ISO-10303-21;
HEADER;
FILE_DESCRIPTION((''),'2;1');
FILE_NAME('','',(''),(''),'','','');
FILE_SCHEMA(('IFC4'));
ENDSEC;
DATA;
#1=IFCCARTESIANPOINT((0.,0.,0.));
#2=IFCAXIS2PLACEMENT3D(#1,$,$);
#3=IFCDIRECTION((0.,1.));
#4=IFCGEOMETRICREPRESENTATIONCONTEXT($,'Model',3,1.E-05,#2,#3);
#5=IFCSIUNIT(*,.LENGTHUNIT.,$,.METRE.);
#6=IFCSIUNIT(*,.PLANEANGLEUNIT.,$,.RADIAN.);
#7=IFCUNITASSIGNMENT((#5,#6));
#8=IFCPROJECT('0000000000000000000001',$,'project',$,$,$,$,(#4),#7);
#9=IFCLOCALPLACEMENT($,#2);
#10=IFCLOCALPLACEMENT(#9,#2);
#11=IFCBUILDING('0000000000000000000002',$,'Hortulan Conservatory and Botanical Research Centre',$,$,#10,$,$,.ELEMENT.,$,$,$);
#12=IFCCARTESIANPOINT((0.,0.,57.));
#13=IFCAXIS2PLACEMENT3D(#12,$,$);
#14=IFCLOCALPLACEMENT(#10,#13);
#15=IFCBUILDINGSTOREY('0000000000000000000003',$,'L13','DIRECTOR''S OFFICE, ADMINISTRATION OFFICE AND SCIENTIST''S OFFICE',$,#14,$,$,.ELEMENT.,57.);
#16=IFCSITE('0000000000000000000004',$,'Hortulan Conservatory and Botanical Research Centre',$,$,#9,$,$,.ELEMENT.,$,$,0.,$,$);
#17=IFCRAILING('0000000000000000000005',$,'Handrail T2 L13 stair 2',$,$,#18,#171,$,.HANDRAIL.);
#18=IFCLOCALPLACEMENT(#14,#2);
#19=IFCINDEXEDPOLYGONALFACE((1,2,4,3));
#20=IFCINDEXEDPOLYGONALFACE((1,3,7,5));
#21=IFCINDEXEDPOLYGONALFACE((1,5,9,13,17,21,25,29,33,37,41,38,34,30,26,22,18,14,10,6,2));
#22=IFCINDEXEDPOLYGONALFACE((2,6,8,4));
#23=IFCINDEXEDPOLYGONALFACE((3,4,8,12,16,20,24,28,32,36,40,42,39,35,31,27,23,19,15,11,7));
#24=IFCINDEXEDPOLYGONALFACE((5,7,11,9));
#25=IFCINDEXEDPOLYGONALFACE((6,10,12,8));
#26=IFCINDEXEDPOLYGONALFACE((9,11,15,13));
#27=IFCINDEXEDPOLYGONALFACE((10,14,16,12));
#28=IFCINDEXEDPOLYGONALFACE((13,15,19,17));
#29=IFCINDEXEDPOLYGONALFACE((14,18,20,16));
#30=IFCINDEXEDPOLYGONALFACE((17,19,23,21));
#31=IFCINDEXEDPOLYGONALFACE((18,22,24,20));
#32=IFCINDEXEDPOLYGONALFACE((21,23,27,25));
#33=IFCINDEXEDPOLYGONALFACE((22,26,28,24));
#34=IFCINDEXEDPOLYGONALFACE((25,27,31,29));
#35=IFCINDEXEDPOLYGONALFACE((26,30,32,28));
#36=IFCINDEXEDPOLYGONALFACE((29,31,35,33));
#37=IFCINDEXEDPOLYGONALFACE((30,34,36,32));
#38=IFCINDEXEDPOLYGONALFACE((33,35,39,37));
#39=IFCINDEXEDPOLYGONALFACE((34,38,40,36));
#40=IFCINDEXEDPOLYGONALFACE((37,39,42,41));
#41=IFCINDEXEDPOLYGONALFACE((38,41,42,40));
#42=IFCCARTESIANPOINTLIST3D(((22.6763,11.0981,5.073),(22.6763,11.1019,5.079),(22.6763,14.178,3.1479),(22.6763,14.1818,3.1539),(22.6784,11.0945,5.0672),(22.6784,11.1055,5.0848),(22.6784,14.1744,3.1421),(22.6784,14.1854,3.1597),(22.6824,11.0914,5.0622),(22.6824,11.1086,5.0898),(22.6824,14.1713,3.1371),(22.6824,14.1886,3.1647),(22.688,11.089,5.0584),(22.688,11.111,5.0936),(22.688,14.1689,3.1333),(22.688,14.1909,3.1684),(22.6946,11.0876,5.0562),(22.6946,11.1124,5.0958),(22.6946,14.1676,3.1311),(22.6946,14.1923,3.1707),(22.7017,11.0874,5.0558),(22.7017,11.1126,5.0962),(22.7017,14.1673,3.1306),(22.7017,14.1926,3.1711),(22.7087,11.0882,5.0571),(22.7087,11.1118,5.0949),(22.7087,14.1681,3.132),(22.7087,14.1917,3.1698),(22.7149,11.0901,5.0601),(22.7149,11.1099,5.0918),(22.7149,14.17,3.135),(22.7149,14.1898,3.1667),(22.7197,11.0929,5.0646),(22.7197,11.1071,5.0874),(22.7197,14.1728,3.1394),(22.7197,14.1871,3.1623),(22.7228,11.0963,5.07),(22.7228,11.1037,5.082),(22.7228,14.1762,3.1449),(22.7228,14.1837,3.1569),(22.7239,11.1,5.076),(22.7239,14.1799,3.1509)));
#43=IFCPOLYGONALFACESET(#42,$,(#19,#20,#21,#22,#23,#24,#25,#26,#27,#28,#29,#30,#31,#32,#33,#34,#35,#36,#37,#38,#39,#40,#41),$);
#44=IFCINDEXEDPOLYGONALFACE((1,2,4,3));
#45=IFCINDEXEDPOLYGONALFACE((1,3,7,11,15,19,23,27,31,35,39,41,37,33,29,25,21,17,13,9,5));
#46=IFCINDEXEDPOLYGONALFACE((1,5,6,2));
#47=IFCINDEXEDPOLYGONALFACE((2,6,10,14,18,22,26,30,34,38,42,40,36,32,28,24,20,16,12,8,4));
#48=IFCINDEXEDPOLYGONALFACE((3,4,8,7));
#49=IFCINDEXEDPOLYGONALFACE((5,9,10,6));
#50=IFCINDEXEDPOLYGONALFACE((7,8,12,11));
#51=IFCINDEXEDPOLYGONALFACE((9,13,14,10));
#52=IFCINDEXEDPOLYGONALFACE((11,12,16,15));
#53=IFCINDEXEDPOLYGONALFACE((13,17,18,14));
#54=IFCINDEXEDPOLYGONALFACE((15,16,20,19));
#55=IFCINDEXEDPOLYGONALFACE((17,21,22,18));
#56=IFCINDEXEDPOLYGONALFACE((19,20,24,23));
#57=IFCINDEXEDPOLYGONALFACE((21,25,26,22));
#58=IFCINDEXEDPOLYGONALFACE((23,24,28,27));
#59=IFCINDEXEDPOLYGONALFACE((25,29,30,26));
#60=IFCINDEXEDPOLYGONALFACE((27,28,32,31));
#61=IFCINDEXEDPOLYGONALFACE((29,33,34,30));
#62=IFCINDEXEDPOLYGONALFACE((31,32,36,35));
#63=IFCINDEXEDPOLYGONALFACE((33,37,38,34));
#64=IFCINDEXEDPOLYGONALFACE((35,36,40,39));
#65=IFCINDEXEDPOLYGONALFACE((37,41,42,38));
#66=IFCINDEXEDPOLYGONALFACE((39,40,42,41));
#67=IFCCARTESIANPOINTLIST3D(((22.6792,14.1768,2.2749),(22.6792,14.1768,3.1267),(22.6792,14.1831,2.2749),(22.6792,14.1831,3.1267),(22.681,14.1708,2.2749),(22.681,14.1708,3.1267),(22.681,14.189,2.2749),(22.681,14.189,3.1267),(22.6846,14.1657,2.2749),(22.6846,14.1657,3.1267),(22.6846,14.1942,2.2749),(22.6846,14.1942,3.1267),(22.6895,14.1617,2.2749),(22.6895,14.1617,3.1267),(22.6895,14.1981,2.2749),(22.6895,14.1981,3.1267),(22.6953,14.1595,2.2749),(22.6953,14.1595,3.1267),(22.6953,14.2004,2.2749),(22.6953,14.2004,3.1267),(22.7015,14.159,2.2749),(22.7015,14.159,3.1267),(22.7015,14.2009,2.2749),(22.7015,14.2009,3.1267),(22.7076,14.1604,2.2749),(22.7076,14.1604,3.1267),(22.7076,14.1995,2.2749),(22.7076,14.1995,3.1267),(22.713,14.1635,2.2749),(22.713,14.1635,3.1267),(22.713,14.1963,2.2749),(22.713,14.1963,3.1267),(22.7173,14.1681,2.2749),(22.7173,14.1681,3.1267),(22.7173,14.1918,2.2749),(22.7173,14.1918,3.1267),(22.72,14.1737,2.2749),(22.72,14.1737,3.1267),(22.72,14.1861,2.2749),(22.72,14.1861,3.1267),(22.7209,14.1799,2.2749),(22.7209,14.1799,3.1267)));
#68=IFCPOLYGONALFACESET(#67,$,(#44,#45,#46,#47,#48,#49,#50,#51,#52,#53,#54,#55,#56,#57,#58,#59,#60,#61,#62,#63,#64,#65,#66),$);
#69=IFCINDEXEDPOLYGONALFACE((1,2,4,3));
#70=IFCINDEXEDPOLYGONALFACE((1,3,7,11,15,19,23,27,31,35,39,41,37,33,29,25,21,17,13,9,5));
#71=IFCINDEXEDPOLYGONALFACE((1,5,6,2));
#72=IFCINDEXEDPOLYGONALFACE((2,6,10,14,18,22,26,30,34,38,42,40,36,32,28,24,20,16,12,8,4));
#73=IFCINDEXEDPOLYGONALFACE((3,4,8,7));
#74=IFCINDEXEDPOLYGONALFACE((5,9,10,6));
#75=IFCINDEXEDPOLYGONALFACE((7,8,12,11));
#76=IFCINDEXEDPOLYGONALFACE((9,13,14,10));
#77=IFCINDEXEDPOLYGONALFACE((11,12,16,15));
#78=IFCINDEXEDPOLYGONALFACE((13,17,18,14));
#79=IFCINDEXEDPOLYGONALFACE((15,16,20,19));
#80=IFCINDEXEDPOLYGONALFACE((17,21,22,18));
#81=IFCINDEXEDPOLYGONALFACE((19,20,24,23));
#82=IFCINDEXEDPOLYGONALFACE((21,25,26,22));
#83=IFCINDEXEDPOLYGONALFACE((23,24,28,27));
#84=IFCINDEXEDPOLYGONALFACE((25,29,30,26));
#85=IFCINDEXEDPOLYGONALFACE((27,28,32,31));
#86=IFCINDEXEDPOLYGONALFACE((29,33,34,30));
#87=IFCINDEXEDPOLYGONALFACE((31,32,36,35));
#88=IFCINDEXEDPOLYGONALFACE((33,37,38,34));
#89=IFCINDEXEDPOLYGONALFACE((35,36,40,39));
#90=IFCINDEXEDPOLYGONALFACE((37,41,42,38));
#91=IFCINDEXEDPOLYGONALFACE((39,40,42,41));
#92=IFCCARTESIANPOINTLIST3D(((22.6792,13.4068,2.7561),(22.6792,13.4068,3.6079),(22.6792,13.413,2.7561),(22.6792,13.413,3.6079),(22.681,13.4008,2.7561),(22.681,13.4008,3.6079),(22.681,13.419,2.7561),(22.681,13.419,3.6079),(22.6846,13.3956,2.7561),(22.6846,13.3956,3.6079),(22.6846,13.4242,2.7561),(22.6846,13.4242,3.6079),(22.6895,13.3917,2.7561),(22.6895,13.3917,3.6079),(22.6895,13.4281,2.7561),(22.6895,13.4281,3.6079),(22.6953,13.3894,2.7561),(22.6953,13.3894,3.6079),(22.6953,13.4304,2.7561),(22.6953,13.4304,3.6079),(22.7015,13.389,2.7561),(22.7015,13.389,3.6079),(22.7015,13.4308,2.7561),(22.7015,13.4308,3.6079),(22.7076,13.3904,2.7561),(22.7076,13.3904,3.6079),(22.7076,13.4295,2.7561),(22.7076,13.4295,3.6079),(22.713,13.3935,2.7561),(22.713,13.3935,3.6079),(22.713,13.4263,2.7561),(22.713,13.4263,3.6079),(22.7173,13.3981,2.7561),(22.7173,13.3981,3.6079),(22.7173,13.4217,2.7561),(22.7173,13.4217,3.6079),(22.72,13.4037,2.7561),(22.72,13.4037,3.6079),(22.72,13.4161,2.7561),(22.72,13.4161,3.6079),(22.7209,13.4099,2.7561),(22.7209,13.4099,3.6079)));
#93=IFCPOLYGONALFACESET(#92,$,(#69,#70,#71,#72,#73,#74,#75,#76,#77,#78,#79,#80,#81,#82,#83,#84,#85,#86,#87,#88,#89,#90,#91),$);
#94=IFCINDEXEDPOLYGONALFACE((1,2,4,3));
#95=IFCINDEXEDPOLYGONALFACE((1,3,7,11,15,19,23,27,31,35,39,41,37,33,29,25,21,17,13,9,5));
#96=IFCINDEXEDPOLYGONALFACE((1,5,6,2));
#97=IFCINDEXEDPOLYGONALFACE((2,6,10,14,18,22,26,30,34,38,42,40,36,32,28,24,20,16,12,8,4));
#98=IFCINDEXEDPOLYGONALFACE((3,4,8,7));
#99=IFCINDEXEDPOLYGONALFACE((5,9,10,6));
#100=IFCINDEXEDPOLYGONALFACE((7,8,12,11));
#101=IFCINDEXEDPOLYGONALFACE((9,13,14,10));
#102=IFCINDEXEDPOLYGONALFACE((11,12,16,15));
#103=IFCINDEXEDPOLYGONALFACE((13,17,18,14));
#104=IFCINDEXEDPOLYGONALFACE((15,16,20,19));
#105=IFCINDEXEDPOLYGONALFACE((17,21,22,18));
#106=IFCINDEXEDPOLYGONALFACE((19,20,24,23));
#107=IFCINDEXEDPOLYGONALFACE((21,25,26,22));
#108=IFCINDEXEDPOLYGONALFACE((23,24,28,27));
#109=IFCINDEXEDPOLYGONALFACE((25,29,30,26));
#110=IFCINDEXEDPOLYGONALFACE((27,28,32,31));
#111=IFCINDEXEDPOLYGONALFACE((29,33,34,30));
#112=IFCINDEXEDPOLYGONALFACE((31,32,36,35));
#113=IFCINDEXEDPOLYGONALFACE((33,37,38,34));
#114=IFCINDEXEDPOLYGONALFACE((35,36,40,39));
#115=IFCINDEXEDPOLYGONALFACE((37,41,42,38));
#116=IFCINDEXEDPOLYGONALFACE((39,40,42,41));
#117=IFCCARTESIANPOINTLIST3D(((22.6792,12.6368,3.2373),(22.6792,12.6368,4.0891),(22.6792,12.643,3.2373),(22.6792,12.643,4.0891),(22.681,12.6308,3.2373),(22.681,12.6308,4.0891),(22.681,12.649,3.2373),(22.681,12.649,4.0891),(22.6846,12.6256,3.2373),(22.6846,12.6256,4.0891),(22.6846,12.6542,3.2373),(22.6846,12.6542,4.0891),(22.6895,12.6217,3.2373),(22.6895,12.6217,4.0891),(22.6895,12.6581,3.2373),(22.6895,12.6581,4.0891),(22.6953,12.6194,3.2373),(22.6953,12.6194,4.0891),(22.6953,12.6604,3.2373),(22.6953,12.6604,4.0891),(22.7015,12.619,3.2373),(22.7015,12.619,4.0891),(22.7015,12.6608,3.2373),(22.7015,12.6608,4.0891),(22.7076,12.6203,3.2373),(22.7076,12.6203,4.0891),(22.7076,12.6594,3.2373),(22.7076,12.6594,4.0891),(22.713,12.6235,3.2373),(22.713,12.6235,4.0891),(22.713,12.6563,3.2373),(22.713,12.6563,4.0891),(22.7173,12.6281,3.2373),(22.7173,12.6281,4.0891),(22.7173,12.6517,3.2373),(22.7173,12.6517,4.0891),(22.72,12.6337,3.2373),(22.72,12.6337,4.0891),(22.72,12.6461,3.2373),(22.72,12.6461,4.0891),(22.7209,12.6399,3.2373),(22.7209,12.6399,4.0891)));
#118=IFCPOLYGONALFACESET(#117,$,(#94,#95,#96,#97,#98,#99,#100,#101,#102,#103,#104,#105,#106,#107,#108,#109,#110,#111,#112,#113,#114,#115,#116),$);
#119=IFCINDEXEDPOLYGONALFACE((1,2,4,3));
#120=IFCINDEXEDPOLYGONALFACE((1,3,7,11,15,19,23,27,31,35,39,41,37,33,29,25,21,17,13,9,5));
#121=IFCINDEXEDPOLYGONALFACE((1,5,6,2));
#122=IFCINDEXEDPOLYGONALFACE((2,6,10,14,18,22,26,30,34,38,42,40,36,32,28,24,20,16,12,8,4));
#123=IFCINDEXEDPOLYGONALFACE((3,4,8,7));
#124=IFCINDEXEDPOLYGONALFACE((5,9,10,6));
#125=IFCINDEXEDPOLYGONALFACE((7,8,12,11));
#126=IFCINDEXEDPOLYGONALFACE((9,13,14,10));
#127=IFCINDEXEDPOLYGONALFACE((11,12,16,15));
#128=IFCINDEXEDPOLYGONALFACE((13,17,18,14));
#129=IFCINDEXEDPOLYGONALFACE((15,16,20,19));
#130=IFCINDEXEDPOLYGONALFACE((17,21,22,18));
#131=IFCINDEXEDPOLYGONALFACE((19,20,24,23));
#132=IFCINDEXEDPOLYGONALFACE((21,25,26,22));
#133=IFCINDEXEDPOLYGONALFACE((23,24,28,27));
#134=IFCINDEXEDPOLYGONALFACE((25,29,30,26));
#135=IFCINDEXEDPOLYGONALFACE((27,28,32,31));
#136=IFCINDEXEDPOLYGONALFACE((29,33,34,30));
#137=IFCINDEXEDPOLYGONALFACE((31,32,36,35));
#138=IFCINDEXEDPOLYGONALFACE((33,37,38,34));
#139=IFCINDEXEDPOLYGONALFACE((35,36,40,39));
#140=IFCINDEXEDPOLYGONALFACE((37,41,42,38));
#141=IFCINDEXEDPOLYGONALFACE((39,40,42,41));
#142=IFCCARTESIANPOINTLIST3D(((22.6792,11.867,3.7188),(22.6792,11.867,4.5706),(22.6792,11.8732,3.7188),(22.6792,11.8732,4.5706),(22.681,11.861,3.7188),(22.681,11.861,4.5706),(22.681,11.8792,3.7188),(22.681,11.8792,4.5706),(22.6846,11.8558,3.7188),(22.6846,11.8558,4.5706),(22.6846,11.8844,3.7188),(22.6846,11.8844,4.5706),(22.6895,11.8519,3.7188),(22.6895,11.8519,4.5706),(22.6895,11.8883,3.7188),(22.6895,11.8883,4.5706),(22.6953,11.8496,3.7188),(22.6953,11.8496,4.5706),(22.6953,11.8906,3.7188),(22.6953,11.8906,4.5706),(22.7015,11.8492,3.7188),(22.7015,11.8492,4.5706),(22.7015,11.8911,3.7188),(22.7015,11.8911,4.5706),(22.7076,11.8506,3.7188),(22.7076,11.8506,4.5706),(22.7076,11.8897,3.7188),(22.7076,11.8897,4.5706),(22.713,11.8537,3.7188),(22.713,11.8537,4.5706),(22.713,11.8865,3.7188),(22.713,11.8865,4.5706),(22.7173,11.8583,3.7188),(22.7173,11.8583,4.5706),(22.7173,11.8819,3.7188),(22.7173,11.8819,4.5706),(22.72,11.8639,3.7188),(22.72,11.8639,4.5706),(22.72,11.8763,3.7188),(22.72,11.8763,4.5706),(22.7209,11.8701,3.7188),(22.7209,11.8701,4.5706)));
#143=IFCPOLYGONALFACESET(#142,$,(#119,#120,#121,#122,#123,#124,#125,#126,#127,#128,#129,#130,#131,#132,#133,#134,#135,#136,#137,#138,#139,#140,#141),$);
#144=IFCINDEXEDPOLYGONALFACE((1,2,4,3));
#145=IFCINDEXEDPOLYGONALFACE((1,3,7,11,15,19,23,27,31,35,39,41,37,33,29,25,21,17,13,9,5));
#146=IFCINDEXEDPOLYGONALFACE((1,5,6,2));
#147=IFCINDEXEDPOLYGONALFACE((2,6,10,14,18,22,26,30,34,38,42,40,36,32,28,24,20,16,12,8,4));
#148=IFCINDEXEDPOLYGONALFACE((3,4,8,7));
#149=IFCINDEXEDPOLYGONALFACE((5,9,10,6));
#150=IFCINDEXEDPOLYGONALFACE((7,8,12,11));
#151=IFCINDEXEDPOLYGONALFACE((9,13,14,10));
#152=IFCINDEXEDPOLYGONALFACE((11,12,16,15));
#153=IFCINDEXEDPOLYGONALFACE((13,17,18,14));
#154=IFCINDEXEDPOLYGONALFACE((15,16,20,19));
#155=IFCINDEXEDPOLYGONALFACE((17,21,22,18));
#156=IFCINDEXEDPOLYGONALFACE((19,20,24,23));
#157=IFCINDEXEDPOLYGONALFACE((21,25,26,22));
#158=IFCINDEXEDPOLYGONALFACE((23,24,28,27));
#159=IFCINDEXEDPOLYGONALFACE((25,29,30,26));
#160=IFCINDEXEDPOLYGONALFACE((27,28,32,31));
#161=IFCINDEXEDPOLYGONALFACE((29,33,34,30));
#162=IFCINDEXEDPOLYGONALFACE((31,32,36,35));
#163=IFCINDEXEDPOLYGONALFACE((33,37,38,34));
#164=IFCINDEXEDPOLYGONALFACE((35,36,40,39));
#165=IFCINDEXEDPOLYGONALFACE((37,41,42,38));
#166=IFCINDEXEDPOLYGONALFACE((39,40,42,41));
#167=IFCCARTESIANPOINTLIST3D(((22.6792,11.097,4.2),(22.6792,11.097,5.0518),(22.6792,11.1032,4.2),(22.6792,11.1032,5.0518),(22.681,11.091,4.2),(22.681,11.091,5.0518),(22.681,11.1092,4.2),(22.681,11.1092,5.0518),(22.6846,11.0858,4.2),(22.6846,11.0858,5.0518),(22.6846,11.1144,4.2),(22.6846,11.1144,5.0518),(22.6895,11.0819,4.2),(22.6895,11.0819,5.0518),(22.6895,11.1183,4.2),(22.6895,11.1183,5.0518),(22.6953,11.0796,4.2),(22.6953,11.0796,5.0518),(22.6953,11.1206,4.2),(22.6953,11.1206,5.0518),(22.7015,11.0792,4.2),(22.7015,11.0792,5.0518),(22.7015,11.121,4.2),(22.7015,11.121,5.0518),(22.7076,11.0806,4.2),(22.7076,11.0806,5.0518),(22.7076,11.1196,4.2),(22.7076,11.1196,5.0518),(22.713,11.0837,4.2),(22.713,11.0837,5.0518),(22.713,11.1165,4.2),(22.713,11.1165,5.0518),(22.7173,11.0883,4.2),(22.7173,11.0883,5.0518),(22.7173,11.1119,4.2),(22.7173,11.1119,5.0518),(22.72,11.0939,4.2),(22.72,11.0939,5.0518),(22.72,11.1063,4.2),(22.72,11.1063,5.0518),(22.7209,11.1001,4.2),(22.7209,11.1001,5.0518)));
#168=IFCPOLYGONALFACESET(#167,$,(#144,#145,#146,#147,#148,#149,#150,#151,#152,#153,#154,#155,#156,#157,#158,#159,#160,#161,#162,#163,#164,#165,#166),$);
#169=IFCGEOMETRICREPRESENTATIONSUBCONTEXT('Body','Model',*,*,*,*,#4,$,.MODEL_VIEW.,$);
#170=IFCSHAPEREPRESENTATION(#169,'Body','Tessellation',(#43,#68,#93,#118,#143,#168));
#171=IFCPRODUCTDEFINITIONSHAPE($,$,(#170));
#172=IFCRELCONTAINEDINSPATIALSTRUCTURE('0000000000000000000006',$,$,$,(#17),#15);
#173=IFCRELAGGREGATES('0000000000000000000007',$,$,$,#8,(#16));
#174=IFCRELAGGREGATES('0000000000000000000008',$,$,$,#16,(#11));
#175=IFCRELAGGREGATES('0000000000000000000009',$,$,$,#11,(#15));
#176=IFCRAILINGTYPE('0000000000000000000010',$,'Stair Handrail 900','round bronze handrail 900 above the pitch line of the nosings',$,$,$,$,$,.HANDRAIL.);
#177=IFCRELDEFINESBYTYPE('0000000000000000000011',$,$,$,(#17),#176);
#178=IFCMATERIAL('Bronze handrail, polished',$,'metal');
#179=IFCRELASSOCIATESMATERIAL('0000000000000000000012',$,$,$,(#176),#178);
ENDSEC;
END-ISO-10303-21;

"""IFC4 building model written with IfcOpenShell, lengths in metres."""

from ifc_helpers import new_model, si_unit, direction, frame, origin, origin_2d, place, context, subcontext, project, spatial, circle, extrude, material, type_object, element, save


model = new_model("IFC4")

# Units and contexts
model_context = context("Model", 3, precision=1e-05, world=origin(), true_north=direction((0.0, 1.0)))
body_context = subcontext(model_context, "Body", "Model", "MODEL_VIEW")
ifc_project = project(units=[si_unit("LENGTHUNIT", "METRE"), si_unit("PLANEANGLEUNIT", "RADIAN")], contexts=[model_context])

# Site, building, storey
site_placement = place(None, origin())
site = spatial("IfcSite", under=ifc_project, at=site_placement, Name="Hortulan Conservatory and Botanical Research Centre", CompositionType="ELEMENT", RefElevation=0.0)
building_placement = place(site_placement, origin())
building = spatial("IfcBuilding", under=site, at=building_placement, Name="Hortulan Conservatory and Botanical Research Centre", CompositionType="ELEMENT")
storey_placement = place(building_placement, frame((0.0, 0.0, 57.0)))
storey = spatial("IfcBuildingStorey", under=building, at=storey_placement, Name="L13", Description="DIRECTOR'S OFFICE, ADMINISTRATION OFFICE AND SCIENTIST'S OFFICE", CompositionType="ELEMENT", Elevation=57.0)

# Railing
ifc_material_1 = material(Name="Bronze handrail, polished", Category="metal")
railing_type_1 = type_object("IfcRailingType", Name="Stair Handrail 900", Description="round bronze handrail 900 above the pitch line of the nosings", PredefinedType="HANDRAIL", material=ifc_material_1)
railing_1_placement = place(storey_placement, frame((22.7, 14.1799, 2.2749)))
element("IfcRailing", 1, at=railing_1_placement, inside=storey, type_object=railing_type_1, Name="Handrail T2 L13 stair 2", PredefinedType="HANDRAIL", context=body_context, shape_type="SweptSolid", body=[
    extrude(circle(Radius=0.0239, at=origin_2d()), frame((0.0, 0.0, 0.876), z_axis=(0.0, -0.847979, 0.530029), x_axis=(1.0, 0.0, 0.0)), (0.0, 0.0, 1.0), 3.6321),
    extrude(circle(Radius=0.021, at=origin_2d()), origin(), (0.0, 0.0, 1.0), 0.8518),
    extrude(circle(Radius=0.021, at=origin_2d()), frame((0.0, -0.77, 0.4812)), (0.0, 0.0, 1.0), 0.8518),
    extrude(circle(Radius=0.021, at=origin_2d()), frame((0.0, -1.54, 0.9624)), (0.0, 0.0, 1.0), 0.8518),
    extrude(circle(Radius=0.021, at=origin_2d()), frame((0.0, -2.3098, 1.4438)), (0.0, 0.0, 1.0), 0.8518),
    extrude(circle(Radius=0.021, at=origin_2d()), frame((0.0, -3.0798, 1.925)), (0.0, 0.0, 1.0), 0.8518),
])

save(model, "model.ifc")
